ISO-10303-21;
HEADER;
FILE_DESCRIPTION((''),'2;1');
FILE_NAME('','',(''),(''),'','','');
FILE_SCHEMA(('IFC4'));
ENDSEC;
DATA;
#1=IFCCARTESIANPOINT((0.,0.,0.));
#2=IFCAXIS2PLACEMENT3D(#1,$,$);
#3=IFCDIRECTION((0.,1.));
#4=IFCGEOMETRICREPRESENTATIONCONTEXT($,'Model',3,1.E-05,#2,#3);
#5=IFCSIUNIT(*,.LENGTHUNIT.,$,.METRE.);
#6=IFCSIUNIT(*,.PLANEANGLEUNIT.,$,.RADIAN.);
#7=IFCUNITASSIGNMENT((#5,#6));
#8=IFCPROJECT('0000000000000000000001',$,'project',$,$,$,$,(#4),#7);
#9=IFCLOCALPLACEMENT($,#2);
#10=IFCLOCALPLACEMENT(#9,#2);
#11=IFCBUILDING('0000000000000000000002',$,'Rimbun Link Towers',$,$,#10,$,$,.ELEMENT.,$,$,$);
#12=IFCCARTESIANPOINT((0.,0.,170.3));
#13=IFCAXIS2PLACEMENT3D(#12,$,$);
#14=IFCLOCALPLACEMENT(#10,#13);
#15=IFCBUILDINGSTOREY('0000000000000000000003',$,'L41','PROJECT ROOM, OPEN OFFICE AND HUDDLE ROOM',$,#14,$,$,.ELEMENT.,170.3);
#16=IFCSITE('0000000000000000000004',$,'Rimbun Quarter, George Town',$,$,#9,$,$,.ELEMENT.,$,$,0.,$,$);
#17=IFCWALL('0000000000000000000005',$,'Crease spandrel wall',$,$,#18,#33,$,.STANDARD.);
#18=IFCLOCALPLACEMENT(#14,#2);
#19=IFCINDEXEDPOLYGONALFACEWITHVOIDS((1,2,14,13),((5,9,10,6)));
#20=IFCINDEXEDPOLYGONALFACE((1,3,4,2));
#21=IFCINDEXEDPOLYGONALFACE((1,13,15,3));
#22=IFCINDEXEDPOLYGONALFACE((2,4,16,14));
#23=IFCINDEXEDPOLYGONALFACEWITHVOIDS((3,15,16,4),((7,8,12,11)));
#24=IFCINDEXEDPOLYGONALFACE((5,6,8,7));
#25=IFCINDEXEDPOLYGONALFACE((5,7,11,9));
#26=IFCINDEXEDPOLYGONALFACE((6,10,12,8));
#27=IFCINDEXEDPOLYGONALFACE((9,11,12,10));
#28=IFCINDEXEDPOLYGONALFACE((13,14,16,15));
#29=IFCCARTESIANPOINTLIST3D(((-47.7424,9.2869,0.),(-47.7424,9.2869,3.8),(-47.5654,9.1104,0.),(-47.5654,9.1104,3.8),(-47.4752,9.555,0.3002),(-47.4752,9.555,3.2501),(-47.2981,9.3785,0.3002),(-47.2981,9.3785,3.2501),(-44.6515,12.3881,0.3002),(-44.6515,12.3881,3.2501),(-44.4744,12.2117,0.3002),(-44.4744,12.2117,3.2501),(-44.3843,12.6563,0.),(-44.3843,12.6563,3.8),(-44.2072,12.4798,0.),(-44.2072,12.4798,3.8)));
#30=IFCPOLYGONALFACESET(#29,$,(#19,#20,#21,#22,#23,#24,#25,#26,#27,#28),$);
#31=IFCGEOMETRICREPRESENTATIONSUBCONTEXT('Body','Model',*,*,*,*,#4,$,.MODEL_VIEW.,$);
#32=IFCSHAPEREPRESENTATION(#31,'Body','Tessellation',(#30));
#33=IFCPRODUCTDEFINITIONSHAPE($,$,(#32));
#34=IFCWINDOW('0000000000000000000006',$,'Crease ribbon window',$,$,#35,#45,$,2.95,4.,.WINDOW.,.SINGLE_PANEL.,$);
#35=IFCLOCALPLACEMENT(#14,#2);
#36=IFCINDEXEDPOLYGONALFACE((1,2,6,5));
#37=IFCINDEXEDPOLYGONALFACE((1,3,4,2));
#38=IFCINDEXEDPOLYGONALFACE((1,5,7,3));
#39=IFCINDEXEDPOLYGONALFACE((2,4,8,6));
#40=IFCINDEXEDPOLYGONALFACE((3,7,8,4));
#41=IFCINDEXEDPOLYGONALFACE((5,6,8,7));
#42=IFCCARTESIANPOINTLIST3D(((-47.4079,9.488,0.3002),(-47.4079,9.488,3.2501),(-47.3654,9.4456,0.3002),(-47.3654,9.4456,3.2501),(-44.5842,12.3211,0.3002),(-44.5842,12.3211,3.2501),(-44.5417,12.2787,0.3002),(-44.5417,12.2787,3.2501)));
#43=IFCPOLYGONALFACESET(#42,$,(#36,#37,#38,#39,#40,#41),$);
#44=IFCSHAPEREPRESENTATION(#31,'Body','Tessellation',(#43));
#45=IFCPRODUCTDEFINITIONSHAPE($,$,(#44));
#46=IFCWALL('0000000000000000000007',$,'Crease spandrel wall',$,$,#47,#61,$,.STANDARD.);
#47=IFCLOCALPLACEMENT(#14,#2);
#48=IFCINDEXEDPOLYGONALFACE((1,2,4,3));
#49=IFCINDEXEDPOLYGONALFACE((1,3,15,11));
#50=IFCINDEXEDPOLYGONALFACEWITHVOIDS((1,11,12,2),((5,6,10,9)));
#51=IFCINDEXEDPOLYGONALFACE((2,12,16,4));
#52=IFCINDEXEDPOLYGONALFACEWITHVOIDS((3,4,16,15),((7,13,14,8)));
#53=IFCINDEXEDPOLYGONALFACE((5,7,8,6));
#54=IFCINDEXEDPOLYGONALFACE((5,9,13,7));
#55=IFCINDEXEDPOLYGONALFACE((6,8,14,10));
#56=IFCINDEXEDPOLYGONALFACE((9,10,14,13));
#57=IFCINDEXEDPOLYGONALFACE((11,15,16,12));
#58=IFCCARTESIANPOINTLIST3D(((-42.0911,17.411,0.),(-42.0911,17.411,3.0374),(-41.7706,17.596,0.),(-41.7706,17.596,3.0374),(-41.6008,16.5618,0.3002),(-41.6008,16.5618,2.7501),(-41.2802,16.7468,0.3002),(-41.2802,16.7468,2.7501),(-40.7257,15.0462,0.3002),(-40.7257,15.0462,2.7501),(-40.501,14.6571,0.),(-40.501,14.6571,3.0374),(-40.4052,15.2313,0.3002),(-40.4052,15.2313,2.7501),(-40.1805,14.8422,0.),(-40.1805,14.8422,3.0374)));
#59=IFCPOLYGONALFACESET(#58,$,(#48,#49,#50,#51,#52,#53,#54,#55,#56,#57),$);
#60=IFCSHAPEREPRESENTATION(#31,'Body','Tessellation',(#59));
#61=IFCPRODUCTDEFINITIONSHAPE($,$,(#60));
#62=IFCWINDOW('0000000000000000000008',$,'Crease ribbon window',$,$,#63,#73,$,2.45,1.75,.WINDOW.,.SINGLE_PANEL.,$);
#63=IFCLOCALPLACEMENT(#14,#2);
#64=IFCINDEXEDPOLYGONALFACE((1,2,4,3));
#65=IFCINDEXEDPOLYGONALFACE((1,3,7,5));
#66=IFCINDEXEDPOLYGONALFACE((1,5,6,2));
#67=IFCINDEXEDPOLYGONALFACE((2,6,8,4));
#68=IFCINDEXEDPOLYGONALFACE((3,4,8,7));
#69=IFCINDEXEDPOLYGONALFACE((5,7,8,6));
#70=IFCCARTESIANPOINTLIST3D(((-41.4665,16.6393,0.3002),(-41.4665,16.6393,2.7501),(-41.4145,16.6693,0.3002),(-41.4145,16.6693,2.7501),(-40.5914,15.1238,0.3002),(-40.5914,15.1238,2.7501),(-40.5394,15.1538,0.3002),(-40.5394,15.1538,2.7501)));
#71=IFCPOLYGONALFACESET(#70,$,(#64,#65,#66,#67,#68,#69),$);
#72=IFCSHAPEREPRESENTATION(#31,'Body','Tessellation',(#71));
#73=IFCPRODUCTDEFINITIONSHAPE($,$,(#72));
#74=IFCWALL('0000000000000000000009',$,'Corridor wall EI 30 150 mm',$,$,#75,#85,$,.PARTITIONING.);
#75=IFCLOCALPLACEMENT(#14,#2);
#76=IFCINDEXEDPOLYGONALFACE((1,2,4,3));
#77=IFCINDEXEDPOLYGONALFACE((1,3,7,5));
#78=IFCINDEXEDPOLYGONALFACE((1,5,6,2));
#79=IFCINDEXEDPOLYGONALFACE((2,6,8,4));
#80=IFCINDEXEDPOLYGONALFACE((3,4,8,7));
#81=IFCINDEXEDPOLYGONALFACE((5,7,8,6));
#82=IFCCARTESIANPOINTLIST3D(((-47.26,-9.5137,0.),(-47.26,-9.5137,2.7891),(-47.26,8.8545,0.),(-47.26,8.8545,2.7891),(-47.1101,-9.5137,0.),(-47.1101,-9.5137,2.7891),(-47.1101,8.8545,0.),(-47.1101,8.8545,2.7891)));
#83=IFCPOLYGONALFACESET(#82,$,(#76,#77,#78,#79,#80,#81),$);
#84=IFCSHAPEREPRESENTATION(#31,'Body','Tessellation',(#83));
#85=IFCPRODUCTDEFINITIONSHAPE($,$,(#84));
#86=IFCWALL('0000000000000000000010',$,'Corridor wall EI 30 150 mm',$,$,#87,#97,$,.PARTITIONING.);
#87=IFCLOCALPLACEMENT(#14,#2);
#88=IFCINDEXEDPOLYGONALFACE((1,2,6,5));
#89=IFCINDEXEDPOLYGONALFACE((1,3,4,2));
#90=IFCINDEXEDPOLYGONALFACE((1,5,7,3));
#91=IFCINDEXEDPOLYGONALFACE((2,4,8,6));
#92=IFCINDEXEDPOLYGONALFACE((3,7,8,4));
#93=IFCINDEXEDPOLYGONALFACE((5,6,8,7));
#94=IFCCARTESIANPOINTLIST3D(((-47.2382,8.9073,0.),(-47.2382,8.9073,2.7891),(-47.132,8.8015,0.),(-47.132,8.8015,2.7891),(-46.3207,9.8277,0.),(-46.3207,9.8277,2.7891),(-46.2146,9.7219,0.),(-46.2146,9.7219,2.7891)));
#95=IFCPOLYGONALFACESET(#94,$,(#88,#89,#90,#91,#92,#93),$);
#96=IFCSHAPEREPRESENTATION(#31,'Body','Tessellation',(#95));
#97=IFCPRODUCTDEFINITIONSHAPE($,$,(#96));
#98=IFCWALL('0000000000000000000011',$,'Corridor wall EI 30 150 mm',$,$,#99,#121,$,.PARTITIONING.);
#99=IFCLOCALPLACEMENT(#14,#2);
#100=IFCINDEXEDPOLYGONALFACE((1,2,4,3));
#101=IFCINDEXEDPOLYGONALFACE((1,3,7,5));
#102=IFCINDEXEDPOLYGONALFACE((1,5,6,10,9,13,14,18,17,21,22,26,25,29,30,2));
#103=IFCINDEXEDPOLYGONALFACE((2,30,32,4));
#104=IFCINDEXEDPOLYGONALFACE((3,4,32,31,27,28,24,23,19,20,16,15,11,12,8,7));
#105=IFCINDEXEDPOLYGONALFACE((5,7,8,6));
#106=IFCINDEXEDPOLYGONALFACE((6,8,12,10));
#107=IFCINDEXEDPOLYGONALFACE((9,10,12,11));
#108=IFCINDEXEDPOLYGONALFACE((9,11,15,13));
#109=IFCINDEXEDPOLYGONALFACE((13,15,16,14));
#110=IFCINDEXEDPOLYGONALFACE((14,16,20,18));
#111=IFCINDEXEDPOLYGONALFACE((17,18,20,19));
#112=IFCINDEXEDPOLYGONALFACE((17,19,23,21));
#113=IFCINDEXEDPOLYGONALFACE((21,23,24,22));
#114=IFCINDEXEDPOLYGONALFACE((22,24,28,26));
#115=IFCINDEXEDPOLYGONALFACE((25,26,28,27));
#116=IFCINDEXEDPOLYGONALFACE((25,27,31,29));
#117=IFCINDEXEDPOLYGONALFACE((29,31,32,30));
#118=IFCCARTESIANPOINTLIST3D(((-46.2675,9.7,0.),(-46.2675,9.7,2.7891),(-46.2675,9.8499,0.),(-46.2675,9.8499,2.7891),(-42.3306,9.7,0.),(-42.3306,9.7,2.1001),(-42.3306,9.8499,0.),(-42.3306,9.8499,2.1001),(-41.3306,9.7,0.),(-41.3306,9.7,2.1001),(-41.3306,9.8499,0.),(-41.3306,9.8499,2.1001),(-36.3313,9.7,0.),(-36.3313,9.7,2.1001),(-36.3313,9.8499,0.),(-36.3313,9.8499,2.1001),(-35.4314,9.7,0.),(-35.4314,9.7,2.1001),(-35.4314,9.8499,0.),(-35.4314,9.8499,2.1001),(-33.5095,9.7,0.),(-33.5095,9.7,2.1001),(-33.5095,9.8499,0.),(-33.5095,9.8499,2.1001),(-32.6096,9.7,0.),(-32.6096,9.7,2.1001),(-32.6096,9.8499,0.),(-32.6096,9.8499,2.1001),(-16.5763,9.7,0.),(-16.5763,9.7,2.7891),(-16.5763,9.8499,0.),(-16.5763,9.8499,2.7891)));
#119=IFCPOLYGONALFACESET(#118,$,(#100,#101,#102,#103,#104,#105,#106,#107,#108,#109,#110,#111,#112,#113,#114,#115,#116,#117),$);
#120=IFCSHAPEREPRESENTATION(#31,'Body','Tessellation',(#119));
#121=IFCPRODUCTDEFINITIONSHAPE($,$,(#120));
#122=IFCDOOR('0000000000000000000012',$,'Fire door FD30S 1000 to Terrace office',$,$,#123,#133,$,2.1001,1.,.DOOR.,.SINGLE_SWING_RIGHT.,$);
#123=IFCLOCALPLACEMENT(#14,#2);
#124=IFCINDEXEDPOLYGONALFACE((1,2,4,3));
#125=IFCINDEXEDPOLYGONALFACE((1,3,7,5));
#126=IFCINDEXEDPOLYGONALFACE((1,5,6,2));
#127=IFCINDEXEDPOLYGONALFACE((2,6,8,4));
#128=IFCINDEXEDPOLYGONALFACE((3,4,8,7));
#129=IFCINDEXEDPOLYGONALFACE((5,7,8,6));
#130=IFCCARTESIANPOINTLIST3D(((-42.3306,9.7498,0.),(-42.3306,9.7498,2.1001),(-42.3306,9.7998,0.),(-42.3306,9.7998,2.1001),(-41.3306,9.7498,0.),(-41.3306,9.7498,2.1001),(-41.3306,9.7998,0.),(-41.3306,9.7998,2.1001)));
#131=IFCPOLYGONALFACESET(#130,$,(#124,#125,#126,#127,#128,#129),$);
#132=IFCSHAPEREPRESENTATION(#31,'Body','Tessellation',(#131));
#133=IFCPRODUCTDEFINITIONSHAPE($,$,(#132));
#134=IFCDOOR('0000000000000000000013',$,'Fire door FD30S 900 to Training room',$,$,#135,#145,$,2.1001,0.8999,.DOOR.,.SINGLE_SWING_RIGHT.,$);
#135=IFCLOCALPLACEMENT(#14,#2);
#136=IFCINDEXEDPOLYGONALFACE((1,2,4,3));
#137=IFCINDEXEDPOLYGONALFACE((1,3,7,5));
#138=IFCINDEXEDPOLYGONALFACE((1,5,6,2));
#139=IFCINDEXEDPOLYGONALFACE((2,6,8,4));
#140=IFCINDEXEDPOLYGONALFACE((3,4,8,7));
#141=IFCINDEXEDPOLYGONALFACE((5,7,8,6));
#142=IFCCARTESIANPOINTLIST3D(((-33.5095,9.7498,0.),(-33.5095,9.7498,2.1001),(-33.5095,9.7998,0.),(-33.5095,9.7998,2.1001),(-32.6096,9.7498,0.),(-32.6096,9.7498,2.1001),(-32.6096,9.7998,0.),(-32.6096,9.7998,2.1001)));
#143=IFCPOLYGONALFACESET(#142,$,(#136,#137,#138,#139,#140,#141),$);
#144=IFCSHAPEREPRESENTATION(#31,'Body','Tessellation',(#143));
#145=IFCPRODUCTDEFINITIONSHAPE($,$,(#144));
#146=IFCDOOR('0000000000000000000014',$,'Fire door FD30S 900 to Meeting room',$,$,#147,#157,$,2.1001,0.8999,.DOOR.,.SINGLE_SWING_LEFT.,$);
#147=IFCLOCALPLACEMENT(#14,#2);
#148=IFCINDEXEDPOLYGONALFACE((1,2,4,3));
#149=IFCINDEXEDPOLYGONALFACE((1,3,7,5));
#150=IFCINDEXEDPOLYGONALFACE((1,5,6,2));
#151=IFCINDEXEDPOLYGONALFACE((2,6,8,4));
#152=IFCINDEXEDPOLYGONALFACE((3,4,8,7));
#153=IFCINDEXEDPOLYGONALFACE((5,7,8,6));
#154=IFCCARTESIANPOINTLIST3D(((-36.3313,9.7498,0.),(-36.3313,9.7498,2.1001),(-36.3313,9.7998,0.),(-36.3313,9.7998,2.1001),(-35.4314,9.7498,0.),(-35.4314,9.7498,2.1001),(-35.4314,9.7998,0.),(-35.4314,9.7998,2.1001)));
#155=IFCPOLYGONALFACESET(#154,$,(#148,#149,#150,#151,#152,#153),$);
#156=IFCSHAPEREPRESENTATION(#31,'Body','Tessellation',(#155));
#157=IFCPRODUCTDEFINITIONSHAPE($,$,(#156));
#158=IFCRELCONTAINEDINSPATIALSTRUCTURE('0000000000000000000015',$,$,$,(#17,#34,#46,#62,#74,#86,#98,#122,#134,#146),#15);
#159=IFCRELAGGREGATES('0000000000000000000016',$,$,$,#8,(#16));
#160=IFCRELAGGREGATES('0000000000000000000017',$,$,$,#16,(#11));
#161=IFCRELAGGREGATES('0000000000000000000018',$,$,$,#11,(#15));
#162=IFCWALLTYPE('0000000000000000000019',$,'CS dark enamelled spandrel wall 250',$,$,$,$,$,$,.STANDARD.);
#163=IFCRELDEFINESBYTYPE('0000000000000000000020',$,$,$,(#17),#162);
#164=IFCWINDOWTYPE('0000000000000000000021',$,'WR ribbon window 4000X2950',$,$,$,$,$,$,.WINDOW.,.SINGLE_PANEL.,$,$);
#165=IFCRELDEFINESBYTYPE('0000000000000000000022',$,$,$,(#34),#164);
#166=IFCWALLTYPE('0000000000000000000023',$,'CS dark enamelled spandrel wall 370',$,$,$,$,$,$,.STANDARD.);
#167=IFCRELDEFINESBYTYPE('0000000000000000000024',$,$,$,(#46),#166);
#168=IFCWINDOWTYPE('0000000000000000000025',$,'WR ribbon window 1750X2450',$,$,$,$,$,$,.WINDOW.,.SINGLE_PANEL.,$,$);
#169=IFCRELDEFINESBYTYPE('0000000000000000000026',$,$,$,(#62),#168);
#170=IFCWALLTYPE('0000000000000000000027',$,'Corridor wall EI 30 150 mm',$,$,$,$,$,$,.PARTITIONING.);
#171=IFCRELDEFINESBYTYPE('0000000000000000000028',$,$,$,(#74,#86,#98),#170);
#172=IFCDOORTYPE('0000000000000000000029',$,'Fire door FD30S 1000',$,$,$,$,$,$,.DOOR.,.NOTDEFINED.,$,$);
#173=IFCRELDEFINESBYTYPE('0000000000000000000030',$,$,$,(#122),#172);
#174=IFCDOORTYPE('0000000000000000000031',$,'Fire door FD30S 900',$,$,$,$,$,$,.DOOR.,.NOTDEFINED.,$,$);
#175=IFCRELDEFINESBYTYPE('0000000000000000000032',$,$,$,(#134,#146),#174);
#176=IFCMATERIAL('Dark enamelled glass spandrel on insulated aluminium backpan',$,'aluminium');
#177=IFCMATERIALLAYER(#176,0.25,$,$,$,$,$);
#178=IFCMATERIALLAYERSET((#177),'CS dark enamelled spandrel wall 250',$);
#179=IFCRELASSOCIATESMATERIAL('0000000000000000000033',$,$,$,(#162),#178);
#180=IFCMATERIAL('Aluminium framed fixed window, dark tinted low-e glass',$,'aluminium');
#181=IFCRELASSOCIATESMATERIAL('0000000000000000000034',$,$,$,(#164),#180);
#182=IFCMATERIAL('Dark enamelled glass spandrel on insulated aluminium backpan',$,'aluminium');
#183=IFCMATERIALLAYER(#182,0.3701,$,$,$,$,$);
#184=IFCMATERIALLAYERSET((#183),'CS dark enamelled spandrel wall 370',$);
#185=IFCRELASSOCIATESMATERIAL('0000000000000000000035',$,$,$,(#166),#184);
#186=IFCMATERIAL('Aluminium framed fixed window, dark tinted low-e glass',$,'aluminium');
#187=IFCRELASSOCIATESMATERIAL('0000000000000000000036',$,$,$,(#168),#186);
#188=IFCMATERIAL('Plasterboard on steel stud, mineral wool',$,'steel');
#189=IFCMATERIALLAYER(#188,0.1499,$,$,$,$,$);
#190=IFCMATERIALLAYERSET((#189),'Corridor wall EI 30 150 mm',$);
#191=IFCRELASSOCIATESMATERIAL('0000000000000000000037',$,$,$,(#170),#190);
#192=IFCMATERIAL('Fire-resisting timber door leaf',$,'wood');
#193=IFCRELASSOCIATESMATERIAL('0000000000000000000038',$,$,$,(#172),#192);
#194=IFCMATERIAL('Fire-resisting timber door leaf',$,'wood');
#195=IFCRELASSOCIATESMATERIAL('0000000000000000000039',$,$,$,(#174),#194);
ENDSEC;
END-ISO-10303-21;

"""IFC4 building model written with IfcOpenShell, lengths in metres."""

from ifc_helpers import new_model, si_unit, direction, frame, frame_2d, origin, place, context, subcontext, project, spatial, rectangle, extrude, material, layer, layer_set, type_object, element, fill, save


model = new_model("IFC4")

# Units and contexts
model_context = context("Model", 3, precision=1e-05, world=origin(), true_north=direction((0.0, 1.0)))
body_context = subcontext(model_context, "Body", "Model", "MODEL_VIEW")
ifc_project = project(units=[si_unit("LENGTHUNIT", "METRE"), si_unit("PLANEANGLEUNIT", "RADIAN")], contexts=[model_context])

# Site, building, storey
site_placement = place(None, origin())
site = spatial("IfcSite", under=ifc_project, at=site_placement, Name="Rimbun Quarter, George Town", CompositionType="ELEMENT", RefElevation=0.0)
building_placement = place(site_placement, origin())
building = spatial("IfcBuilding", under=site, at=building_placement, Name="Rimbun Link Towers", CompositionType="ELEMENT")
storey_placement = place(building_placement, frame((0.0, 0.0, 170.3)))
storey = spatial("IfcBuildingStorey", under=building, at=storey_placement, Name="L41", Description="PROJECT ROOM, OPEN OFFICE AND HUDDLE ROOM", CompositionType="ELEMENT", Elevation=170.3)

# Shared definitions
ifc_material_1 = material(Name="Dark enamelled glass spandrel on insulated aluminium backpan", Category="aluminium")
ifc_layer_1 = layer(ifc_material_1, 0.25)
ifc_layer_set_1 = layer_set([ifc_layer_1], Name="CS dark enamelled spandrel wall 250")
wall_type_1 = type_object("IfcWallType", Name="CS dark enamelled spandrel wall 250", PredefinedType="STANDARD", material=ifc_layer_set_1)

# Walls, openings, windows
wall_1_placement = place(storey_placement, frame((-47.6538, 9.1987, 0.0), z_axis=(0.0, 0.0, 1.0), x_axis=(0.705925, 0.708286, 0.0)))
wall_1 = element("IfcWall", 1, at=wall_1_placement, inside=storey, type_object=wall_type_1, Name="Crease spandrel wall", PredefinedType="STANDARD", context=body_context, shape_type="SweptSolid", body=[
    extrude(rectangle(XDim=4.7571, YDim=0.25, at=frame_2d((2.3784, 0.0))), origin(), (0.0, 0.0, 1.0), 3.8),
])
opening_1_placement = place(wall_1_placement, frame((0.3784, 0.0, 0.3)))
opening_1 = element("IfcOpeningElement", 2, at=opening_1_placement, cuts=wall_1, PredefinedType="OPENING", context=body_context, shape_type="SweptSolid", body=[
    extrude(rectangle(XDim=4.0, YDim=2.95, at=frame_2d((2.0, 1.4751))), frame((0.0, 0.135, 0.0), z_axis=(0.0, -1.0, 0.0), x_axis=(1.0, 0.0, 0.0)), (0.0, 0.0, 1.0), 0.27),
])
ifc_material_2 = material(Name="Aluminium framed fixed window, dark tinted low-e glass", Category="aluminium")
window_type_1 = type_object("IfcWindowType", Name="WR ribbon window 4000X2950", PartitioningType="SINGLE_PANEL", PredefinedType="WINDOW", material=ifc_material_2)
window_1_placement = place(opening_1_placement, origin())
window_1 = element("IfcWindow", 3, at=window_1_placement, inside=storey, type_object=window_type_1, Name="Crease ribbon window", OverallHeight=2.95, OverallWidth=4.0, PartitioningType="SINGLE_PANEL", PredefinedType="WINDOW", context=body_context, shape_type="SweptSolid", body=[
    extrude(rectangle(XDim=4.0, YDim=2.95, at=frame_2d((2.0, 1.4751))), frame((0.0, 0.03, 0.0), z_axis=(0.0, -1.0, 0.0), x_axis=(1.0, 0.0, 0.0)), (0.0, 0.0, 1.0), 0.0601),
])
fill(opening_1, window_1)
ifc_material_3 = material(Name="Dark enamelled glass spandrel on insulated aluminium backpan", Category="aluminium")
ifc_layer_2 = layer(ifc_material_3, 0.3701)
ifc_layer_set_2 = layer_set([ifc_layer_2], Name="CS dark enamelled spandrel wall 370")
wall_type_2 = type_object("IfcWallType", Name="CS dark enamelled spandrel wall 370", PredefinedType="STANDARD", material=ifc_layer_set_2)
wall_2_placement = place(storey_placement, frame((-40.3408, 14.7498, 0.0), z_axis=(0.0, 0.0, 1.0), x_axis=(-0.500028, 0.866009, 0.0)))
wall_2 = element("IfcWall", 4, at=wall_2_placement, inside=storey, type_object=wall_type_2, Name="Crease spandrel wall", PredefinedType="STANDARD", context=body_context, shape_type="SweptSolid", body=[
    extrude(rectangle(XDim=3.1799, YDim=0.3701, at=frame_2d((1.5898, 0.0))), origin(), (0.0, 0.0, 1.0), 3.0374),
])
opening_2_placement = place(wall_2_placement, frame((0.4492, 0.0, 0.3)))
opening_2 = element("IfcOpeningElement", 5, at=opening_2_placement, cuts=wall_2, PredefinedType="OPENING", context=body_context, shape_type="SweptSolid", body=[
    extrude(rectangle(XDim=1.75, YDim=2.45, at=frame_2d((0.875, 1.2251))), frame((0.0, 0.1951, 0.0), z_axis=(0.0, -1.0, 0.0), x_axis=(1.0, 0.0, 0.0)), (0.0, 0.0, 1.0), 0.3901),
])
ifc_material_4 = material(Name="Aluminium framed fixed window, dark tinted low-e glass", Category="aluminium")
window_type_2 = type_object("IfcWindowType", Name="WR ribbon window 1750X2450", PartitioningType="SINGLE_PANEL", PredefinedType="WINDOW", material=ifc_material_4)
window_2_placement = place(opening_2_placement, origin())
window_2 = element("IfcWindow", 6, at=window_2_placement, inside=storey, type_object=window_type_2, Name="Crease ribbon window", OverallHeight=2.45, OverallWidth=1.75, PartitioningType="SINGLE_PANEL", PredefinedType="WINDOW", context=body_context, shape_type="SweptSolid", body=[
    extrude(rectangle(XDim=1.75, YDim=2.45, at=frame_2d((0.875, 1.2251))), frame((0.0, 0.03, 0.0), z_axis=(0.0, -1.0, 0.0), x_axis=(1.0, 0.0, 0.0)), (0.0, 0.0, 1.0), 0.0601),
])
fill(opening_2, window_2)

# Walls
ifc_material_5 = material(Name="Plasterboard on steel stud, mineral wool", Category="steel")
ifc_layer_3 = layer(ifc_material_5, 0.1499)
ifc_layer_set_3 = layer_set([ifc_layer_3], Name="Corridor wall EI 30 150 mm")
wall_type_3 = type_object("IfcWallType", Name="Corridor wall EI 30 150 mm", PredefinedType="PARTITIONING", material=ifc_layer_set_3)
wall_3_placement = place(storey_placement, frame((-47.1851, 8.8545, 0.0), z_axis=(0.0, 0.0, 1.0), x_axis=(0.0, -1.0, 0.0)))
element("IfcWall", 7, at=wall_3_placement, inside=storey, type_object=wall_type_3, Name="Corridor wall EI 30 150 mm", PredefinedType="PARTITIONING", context=body_context, shape_type="SweptSolid", body=[
    extrude(rectangle(XDim=18.3682, YDim=0.1499, at=frame_2d((9.1841, 0.0))), origin(), (0.0, 0.0, 1.0), 2.7891),
])
wall_4_placement = place(storey_placement, frame((-46.2676, 9.7749, 0.0), z_axis=(0.0, 0.0, 1.0), x_axis=(-0.705979, -0.708233, 0.0)))
element("IfcWall", 8, at=wall_4_placement, inside=storey, type_object=wall_type_3, Name="Corridor wall EI 30 150 mm", PredefinedType="PARTITIONING", context=body_context, shape_type="SweptSolid", body=[
    extrude(rectangle(XDim=1.2996, YDim=0.1499, at=frame_2d((0.6499, 0.0))), origin(), (0.0, 0.0, 1.0), 2.7891),
])

# Wall, openings, doors
wall_5_placement = place(storey_placement, frame((-46.2676, 9.7749, 0.0), z_axis=(0.0, 0.0, 1.0), x_axis=(1.0, 0.0, 0.0)))
wall_5 = element("IfcWall", 9, at=wall_5_placement, inside=storey, type_object=wall_type_3, Name="Corridor wall EI 30 150 mm", PredefinedType="PARTITIONING", context=body_context, shape_type="SweptSolid", body=[
    extrude(rectangle(XDim=29.6912, YDim=0.1499, at=frame_2d((14.8457, 0.0))), origin(), (0.0, 0.0, 1.0), 2.7891),
])
opening_3_placement = place(wall_5_placement, frame((12.7581, 0.0, 0.0)))
opening_3 = element("IfcOpeningElement", 10, at=opening_3_placement, cuts=wall_5, PredefinedType="OPENING", context=body_context, shape_type="SweptSolid", body=[
    extrude(rectangle(XDim=0.8999, YDim=2.1001, at=frame_2d((0.45, 1.05))), frame((0.0, 0.085, 0.0), z_axis=(0.0, -1.0, 0.0), x_axis=(1.0, 0.0, 0.0)), (0.0, 0.0, 1.0), 0.1699),
])
opening_4_placement = place(wall_5_placement, frame((9.9363, 0.0, 0.0)))
opening_4 = element("IfcOpeningElement", 11, at=opening_4_placement, cuts=wall_5, PredefinedType="OPENING", context=body_context, shape_type="SweptSolid", body=[
    extrude(rectangle(XDim=0.8999, YDim=2.1001, at=frame_2d((0.45, 1.05))), frame((0.0, 0.085, 0.0), z_axis=(0.0, -1.0, 0.0), x_axis=(1.0, 0.0, 0.0)), (0.0, 0.0, 1.0), 0.1699),
])
opening_5_placement = place(wall_5_placement, frame((3.937, 0.0, 0.0)))
opening_5 = element("IfcOpeningElement", 12, at=opening_5_placement, cuts=wall_5, PredefinedType="OPENING", context=body_context, shape_type="SweptSolid", body=[
    extrude(rectangle(XDim=1.0, YDim=2.1001, at=frame_2d((0.5, 1.05))), frame((0.0, 0.085, 0.0), z_axis=(0.0, -1.0, 0.0), x_axis=(1.0, 0.0, 0.0)), (0.0, 0.0, 1.0), 0.1699),
])
ifc_material_6 = material(Name="Fire-resisting timber door leaf", Category="wood")
door_type_1 = type_object("IfcDoorType", Name="Fire door FD30S 1000", OperationType="NOTDEFINED", PredefinedType="DOOR", material=ifc_material_6)
door_1_placement = place(opening_5_placement, origin())
door_1 = element("IfcDoor", 13, at=door_1_placement, inside=storey, type_object=door_type_1, Name="Fire door FD30S 1000 to Terrace office", OperationType="SINGLE_SWING_RIGHT", OverallHeight=2.1001, OverallWidth=1.0, PredefinedType="DOOR", context=body_context, shape_type="SweptSolid", body=[
    extrude(rectangle(XDim=1.0, YDim=2.1001, at=frame_2d((0.5, 1.05))), frame((0.0, 0.0249, 0.0), z_axis=(0.0, -1.0, 0.0), x_axis=(1.0, 0.0, 0.0)), (0.0, 0.0, 1.0), 0.05),
])
fill(opening_5, door_1)
ifc_material_7 = material(Name="Fire-resisting timber door leaf", Category="wood")
door_type_2 = type_object("IfcDoorType", Name="Fire door FD30S 900", OperationType="NOTDEFINED", PredefinedType="DOOR", material=ifc_material_7)
door_2_placement = place(opening_3_placement, origin())
door_2 = element("IfcDoor", 14, at=door_2_placement, inside=storey, type_object=door_type_2, Name="Fire door FD30S 900 to Training room", OperationType="SINGLE_SWING_RIGHT", OverallHeight=2.1001, OverallWidth=0.8999, PredefinedType="DOOR", context=body_context, shape_type="SweptSolid", body=[
    extrude(rectangle(XDim=0.8999, YDim=2.1001, at=frame_2d((0.45, 1.05))), frame((0.0, 0.0249, 0.0), z_axis=(0.0, -1.0, 0.0), x_axis=(1.0, 0.0, 0.0)), (0.0, 0.0, 1.0), 0.05),
])
fill(opening_3, door_2)
door_3_placement = place(opening_4_placement, origin())
door_3 = element("IfcDoor", 15, at=door_3_placement, inside=storey, type_object=door_type_2, Name="Fire door FD30S 900 to Meeting room", OperationType="SINGLE_SWING_LEFT", OverallHeight=2.1001, OverallWidth=0.8999, PredefinedType="DOOR", context=body_context, shape_type="SweptSolid", body=[
    extrude(rectangle(XDim=0.8999, YDim=2.1001, at=frame_2d((0.45, 1.05))), frame((0.0, 0.0249, 0.0), z_axis=(0.0, -1.0, 0.0), x_axis=(1.0, 0.0, 0.0)), (0.0, 0.0, 1.0), 0.05),
])
fill(opening_4, door_3)

save(model, "model.ifc")
